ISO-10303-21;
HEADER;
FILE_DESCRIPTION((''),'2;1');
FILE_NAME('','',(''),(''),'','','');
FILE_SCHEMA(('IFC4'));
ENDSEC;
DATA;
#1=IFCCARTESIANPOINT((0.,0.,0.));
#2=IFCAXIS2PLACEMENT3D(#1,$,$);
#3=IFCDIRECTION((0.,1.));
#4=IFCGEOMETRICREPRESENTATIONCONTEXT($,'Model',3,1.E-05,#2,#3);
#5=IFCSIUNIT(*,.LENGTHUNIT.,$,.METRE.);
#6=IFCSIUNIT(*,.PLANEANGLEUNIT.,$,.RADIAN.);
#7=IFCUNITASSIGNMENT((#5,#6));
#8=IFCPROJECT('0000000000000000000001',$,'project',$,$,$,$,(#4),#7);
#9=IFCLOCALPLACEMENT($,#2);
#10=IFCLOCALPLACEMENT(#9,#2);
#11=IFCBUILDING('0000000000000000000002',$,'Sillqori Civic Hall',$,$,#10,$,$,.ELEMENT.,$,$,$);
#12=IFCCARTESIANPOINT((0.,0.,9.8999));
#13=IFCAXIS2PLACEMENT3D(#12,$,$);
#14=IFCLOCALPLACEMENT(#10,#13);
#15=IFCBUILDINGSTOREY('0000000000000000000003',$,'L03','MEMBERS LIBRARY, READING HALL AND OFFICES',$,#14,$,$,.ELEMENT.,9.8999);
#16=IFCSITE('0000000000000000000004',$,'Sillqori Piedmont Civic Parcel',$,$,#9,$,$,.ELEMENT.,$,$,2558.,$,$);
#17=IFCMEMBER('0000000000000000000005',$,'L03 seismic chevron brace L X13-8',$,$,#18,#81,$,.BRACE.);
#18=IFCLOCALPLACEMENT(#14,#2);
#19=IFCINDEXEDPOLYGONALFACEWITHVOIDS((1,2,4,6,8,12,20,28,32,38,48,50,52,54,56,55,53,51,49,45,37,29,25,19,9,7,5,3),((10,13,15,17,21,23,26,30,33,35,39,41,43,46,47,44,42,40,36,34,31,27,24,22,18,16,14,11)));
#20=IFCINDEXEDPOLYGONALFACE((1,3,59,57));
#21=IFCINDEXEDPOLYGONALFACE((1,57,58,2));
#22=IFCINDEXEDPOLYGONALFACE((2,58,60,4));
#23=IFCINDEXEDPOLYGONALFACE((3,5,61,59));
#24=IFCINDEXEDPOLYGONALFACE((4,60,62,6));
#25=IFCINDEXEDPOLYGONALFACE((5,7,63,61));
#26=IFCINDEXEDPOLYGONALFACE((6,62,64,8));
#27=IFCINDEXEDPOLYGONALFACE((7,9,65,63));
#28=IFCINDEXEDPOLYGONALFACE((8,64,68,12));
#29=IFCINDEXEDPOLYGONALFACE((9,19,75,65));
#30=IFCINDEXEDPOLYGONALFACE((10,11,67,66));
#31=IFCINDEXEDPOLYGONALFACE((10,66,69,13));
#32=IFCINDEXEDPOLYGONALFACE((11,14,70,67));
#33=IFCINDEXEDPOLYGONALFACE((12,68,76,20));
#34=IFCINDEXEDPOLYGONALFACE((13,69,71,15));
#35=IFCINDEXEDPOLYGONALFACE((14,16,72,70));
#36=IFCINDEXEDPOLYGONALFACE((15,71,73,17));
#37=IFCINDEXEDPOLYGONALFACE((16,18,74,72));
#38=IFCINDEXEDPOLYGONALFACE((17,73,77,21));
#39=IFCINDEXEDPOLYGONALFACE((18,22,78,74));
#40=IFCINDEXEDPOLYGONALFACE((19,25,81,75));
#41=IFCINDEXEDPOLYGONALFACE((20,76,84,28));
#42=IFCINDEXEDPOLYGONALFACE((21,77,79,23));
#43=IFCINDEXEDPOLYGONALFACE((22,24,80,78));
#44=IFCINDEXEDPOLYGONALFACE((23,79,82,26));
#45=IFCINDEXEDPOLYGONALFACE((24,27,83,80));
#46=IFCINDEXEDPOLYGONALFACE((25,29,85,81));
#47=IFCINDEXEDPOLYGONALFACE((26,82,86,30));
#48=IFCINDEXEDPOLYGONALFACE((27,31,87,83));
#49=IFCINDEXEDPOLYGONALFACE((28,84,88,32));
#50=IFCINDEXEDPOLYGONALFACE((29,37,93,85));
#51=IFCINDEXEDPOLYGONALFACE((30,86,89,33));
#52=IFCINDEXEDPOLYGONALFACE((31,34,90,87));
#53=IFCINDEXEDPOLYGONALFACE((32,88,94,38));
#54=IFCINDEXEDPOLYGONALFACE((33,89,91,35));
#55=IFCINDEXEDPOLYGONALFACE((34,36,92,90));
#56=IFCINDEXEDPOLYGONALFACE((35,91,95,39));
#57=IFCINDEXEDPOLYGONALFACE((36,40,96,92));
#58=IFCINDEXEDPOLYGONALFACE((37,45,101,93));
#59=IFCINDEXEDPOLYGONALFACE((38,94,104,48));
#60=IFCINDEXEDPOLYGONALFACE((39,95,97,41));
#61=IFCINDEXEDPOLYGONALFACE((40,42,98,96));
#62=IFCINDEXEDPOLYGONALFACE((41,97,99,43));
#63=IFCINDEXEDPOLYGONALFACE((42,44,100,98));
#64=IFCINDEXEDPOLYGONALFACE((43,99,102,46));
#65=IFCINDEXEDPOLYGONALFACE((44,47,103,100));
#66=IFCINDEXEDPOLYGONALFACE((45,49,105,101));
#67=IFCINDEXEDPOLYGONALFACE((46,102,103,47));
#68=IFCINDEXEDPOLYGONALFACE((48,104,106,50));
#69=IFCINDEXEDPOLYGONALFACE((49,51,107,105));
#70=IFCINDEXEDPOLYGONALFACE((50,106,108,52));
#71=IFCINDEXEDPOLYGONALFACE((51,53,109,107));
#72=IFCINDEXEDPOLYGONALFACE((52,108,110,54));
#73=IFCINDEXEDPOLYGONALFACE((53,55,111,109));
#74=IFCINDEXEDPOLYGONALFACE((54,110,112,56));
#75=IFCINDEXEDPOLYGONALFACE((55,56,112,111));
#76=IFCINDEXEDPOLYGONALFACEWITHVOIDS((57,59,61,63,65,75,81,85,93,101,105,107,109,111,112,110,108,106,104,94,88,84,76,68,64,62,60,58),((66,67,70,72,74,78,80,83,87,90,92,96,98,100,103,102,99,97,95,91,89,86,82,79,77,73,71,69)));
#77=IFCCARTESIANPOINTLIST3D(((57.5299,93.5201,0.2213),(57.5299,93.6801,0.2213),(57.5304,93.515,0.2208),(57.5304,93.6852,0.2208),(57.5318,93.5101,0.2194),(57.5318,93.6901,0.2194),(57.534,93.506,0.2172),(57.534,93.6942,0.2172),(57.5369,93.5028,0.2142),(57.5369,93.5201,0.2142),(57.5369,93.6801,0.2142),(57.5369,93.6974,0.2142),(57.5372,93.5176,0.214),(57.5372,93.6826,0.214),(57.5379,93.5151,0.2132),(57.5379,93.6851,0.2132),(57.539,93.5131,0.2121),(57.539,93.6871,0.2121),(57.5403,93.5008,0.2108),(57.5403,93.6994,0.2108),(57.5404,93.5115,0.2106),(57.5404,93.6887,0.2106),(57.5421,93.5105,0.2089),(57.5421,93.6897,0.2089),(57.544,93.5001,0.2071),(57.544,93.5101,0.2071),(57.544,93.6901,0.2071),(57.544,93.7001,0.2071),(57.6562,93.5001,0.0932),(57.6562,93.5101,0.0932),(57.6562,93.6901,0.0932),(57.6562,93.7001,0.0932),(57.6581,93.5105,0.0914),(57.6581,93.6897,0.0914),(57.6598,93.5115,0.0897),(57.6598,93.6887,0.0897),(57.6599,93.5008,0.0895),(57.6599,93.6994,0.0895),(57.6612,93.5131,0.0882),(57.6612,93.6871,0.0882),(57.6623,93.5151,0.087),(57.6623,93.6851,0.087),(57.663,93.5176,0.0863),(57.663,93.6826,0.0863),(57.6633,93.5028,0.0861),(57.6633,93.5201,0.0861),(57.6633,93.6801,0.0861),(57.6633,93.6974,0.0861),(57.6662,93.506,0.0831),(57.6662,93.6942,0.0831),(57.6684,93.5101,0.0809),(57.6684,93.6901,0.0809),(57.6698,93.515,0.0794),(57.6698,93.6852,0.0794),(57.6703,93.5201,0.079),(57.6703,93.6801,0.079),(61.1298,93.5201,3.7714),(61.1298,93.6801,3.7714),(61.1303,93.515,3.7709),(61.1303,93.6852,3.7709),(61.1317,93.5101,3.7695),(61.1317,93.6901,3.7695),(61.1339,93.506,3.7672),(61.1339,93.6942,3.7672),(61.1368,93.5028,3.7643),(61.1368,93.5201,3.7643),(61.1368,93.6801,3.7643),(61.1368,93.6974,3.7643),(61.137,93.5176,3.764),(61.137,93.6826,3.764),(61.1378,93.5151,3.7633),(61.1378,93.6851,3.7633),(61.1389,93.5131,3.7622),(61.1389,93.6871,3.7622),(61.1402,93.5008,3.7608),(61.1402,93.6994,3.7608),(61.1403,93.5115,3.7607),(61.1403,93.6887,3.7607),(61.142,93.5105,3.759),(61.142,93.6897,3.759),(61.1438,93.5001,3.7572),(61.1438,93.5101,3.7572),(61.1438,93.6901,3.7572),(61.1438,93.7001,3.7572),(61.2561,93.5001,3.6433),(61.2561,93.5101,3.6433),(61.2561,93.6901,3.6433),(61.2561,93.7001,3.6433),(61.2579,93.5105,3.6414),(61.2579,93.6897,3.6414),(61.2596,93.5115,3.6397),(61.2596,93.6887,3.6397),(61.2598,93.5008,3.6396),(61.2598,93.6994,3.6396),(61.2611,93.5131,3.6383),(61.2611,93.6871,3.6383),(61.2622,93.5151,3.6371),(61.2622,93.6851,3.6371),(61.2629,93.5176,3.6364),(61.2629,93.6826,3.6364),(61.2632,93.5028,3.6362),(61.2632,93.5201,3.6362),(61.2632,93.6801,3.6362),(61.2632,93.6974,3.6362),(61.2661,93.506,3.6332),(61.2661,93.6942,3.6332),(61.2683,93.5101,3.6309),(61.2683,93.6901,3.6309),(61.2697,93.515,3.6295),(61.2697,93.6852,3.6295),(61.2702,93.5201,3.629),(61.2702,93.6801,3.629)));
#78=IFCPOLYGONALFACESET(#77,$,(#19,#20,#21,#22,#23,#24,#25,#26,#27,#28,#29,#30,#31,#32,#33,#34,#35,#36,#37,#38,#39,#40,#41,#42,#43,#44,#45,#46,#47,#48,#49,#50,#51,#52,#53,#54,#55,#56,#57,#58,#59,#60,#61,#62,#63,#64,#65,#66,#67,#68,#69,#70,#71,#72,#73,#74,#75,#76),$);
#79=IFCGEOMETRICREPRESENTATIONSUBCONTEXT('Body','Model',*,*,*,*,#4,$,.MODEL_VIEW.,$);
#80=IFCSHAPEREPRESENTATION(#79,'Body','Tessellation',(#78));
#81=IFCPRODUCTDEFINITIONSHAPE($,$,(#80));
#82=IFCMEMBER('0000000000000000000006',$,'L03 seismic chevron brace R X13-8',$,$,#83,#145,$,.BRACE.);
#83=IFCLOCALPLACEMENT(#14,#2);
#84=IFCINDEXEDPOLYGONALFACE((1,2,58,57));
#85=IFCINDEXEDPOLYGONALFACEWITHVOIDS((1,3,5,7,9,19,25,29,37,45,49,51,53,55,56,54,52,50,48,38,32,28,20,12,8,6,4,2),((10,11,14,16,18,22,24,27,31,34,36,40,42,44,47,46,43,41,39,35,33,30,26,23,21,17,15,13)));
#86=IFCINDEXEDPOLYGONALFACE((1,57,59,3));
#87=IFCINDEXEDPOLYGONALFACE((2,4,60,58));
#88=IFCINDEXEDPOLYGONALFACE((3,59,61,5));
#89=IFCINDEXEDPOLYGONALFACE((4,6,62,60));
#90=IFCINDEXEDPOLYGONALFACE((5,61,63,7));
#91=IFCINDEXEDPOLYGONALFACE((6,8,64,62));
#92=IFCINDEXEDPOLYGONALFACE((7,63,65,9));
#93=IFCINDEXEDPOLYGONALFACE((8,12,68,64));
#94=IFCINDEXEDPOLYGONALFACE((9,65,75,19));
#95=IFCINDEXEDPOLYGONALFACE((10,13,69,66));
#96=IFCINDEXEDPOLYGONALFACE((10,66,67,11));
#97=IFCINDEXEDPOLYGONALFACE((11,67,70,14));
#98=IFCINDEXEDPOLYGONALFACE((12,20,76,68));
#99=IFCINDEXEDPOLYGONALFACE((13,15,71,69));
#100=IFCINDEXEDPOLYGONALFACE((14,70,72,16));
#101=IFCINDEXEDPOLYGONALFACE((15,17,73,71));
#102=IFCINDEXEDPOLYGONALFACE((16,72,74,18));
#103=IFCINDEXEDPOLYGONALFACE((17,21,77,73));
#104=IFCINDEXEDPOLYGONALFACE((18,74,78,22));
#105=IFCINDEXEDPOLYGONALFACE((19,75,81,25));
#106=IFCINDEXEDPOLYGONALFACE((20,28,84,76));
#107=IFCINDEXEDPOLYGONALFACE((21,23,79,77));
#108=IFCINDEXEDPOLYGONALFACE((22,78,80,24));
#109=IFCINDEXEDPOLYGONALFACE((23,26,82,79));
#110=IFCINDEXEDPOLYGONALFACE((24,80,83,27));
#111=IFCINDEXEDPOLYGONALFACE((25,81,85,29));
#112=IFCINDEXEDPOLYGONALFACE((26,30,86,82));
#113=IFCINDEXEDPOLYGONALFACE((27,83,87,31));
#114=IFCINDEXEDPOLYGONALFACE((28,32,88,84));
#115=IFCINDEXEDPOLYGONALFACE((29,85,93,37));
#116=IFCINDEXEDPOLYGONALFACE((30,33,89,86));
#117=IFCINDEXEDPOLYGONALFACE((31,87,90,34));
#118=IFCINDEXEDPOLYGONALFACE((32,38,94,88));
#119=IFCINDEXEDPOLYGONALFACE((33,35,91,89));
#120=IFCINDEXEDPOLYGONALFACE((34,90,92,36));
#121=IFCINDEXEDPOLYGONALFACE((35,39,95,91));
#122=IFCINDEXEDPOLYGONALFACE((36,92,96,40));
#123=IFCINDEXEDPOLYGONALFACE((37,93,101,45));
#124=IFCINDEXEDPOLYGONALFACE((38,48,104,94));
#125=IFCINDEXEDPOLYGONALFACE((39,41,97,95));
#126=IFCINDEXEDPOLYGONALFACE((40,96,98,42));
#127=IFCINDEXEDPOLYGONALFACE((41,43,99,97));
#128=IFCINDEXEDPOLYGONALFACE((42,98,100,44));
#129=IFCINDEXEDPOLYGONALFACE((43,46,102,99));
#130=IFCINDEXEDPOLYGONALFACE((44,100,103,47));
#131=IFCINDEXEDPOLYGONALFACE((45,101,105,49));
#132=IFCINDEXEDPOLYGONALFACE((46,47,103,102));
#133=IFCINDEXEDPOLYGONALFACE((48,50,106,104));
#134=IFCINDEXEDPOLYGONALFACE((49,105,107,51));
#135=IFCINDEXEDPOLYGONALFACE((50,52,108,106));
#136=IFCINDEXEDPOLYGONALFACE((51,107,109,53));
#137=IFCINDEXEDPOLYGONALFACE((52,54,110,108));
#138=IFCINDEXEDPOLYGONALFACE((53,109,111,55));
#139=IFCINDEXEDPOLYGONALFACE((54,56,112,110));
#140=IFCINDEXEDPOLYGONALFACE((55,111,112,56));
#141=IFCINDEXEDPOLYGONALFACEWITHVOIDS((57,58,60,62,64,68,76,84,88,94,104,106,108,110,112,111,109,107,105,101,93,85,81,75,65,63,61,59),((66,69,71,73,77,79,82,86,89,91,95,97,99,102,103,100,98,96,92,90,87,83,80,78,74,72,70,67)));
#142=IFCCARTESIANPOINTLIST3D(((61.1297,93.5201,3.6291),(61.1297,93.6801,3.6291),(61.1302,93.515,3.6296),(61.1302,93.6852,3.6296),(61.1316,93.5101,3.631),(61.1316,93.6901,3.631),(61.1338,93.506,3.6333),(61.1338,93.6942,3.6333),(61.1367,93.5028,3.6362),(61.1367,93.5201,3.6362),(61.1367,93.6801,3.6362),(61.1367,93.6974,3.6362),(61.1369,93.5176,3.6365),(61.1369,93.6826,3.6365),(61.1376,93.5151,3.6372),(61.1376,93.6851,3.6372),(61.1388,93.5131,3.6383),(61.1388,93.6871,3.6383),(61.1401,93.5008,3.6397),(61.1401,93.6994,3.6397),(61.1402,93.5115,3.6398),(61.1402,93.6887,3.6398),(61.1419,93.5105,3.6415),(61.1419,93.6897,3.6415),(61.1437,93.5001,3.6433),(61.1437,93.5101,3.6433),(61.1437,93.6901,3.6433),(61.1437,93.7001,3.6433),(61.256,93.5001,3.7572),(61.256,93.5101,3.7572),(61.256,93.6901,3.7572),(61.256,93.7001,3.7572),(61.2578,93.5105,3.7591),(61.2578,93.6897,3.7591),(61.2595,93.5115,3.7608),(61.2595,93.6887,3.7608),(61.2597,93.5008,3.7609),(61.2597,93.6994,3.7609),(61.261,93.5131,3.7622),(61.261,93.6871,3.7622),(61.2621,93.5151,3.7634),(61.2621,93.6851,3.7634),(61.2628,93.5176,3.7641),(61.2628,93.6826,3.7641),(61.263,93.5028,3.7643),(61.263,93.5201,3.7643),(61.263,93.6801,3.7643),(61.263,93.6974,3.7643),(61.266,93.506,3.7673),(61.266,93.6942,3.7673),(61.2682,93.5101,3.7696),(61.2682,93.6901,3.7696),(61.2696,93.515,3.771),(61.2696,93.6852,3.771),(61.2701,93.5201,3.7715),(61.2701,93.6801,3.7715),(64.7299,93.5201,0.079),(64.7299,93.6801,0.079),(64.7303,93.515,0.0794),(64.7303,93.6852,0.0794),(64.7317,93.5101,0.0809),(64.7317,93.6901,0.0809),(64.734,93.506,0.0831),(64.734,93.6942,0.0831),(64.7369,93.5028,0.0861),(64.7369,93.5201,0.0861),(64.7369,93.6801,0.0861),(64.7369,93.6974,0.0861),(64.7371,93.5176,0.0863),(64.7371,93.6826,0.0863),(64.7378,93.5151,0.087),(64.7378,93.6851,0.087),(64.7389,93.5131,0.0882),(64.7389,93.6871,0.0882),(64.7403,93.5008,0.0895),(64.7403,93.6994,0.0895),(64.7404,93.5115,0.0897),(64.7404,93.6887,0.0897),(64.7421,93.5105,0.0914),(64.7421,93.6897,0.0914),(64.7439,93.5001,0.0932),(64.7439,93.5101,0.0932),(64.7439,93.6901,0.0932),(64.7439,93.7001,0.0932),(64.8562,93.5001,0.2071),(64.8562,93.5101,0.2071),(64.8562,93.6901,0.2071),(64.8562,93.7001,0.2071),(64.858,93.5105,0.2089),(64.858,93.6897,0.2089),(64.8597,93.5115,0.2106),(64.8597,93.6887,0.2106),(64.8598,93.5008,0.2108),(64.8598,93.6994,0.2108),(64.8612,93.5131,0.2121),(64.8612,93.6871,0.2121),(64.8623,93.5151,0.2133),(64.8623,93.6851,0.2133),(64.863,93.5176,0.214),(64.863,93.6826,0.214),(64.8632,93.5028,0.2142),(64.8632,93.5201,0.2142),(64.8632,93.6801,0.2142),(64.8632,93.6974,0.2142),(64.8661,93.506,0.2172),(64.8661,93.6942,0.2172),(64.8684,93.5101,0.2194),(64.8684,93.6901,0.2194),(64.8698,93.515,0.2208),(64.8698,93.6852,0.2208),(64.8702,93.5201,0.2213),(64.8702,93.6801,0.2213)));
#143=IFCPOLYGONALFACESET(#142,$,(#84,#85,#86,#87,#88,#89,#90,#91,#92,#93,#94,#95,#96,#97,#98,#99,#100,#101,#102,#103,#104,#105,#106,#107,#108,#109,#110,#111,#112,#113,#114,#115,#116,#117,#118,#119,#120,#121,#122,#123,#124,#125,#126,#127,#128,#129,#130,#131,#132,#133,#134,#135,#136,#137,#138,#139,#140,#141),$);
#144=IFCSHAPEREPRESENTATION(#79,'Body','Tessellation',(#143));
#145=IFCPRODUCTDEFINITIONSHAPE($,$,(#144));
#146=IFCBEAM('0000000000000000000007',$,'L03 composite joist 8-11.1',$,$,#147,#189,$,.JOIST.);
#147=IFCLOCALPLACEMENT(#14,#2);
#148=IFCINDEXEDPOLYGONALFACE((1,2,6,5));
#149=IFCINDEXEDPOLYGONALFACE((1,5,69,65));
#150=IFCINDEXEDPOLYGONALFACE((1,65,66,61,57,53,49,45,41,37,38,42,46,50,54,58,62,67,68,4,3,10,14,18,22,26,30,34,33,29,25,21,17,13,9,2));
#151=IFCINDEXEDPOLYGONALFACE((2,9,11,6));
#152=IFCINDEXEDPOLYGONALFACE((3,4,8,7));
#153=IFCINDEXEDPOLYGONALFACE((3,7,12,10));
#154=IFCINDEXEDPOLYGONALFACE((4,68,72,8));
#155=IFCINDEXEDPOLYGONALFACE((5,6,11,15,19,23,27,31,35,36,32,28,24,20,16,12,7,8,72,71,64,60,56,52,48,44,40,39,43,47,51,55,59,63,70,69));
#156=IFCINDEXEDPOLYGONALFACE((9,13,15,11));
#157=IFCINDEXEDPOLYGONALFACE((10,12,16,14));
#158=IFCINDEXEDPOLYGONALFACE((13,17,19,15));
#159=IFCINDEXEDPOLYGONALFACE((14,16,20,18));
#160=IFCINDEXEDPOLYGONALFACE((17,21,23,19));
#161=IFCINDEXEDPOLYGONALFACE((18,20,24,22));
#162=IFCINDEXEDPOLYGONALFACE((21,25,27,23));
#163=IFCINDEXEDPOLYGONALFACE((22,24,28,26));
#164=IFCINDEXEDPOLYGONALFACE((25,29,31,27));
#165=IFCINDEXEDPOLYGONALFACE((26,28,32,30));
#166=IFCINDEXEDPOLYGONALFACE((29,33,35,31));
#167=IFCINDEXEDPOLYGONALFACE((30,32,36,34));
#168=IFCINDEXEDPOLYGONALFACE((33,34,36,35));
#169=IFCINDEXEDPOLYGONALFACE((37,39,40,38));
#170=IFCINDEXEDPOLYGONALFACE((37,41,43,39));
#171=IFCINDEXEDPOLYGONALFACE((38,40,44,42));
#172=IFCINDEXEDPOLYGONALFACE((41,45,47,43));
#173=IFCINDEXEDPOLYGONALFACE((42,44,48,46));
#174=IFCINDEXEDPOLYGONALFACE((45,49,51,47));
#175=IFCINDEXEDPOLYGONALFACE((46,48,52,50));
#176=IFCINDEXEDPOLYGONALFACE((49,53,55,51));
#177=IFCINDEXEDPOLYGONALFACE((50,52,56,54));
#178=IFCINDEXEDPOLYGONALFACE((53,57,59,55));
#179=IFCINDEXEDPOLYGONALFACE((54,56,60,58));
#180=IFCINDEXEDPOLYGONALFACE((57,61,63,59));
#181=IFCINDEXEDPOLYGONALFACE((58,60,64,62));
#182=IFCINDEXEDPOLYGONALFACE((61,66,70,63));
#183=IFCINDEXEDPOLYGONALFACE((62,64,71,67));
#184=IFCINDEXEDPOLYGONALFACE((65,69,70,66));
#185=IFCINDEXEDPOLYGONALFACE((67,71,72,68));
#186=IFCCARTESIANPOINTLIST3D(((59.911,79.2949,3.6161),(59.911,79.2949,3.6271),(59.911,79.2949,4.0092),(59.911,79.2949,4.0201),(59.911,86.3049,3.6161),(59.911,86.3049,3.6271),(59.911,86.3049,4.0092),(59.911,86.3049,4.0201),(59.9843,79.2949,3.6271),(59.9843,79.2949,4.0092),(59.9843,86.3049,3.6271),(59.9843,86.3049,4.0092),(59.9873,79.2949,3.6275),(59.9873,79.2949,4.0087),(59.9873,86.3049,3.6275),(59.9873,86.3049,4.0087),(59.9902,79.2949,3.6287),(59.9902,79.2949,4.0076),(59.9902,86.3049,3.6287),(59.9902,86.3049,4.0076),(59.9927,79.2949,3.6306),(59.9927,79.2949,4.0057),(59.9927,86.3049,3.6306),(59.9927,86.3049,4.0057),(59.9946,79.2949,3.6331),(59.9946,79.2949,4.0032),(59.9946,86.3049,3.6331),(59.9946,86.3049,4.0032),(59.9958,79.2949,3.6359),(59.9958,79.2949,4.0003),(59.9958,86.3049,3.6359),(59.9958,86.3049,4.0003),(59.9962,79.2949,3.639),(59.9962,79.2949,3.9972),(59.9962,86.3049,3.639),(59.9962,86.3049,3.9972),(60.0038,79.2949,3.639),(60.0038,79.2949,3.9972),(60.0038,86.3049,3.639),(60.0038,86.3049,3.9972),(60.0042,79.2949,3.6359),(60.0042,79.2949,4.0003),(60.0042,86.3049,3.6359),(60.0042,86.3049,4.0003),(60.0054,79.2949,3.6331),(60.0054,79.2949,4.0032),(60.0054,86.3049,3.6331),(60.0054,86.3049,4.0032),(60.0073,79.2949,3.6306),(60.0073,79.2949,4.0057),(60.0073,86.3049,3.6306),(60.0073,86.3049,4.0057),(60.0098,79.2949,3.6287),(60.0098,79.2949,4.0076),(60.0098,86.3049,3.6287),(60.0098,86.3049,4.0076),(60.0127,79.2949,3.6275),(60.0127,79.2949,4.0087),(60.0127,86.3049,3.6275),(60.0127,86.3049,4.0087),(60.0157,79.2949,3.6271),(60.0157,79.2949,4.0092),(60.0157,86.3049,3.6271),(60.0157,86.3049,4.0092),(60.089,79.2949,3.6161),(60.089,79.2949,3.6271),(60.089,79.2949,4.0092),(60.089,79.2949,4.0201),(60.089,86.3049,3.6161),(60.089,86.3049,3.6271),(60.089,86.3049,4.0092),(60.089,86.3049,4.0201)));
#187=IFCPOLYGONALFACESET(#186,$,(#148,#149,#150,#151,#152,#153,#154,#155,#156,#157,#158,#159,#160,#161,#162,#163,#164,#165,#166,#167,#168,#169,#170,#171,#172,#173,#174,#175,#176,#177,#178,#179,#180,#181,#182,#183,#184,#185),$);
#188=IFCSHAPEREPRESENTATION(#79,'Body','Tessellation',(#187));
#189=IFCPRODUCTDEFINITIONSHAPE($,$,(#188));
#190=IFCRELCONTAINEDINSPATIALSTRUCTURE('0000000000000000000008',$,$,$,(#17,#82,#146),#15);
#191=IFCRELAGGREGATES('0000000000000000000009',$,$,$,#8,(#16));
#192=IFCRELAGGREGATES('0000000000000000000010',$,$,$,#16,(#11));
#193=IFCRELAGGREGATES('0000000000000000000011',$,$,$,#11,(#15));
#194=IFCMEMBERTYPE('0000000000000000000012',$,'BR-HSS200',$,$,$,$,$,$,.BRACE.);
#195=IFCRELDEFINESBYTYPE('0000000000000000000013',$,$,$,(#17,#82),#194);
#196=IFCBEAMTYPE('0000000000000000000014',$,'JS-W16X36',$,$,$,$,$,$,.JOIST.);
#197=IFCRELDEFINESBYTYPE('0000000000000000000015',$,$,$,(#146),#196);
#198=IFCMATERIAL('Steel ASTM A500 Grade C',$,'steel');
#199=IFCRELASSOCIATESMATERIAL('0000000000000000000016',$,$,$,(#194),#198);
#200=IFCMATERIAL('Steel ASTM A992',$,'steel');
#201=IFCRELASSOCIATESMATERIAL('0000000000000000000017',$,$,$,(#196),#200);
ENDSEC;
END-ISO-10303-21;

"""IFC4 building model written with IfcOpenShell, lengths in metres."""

from ifc_helpers import new_model, si_unit, direction, frame, origin, origin_2d, place, context, subcontext, project, spatial, hollow_rectangle, i_section, extrude, material, material_profile, profile_set, type_object, element, save


model = new_model("IFC4")

# Units and contexts
model_context = context("Model", 3, precision=1e-05, world=origin(), true_north=direction((0.0, 1.0)))
body_context = subcontext(model_context, "Body", "Model", "MODEL_VIEW")
ifc_project = project(units=[si_unit("LENGTHUNIT", "METRE"), si_unit("PLANEANGLEUNIT", "RADIAN")], contexts=[model_context])

# Site, building, storey
site_placement = place(None, origin())
site = spatial("IfcSite", under=ifc_project, at=site_placement, Name="Sillqori Piedmont Civic Parcel", CompositionType="ELEMENT", RefElevation=2558.0)
building_placement = place(site_placement, origin())
building = spatial("IfcBuilding", under=site, at=building_placement, Name="Sillqori Civic Hall", CompositionType="ELEMENT")
storey_placement = place(building_placement, frame((0.0, 0.0, 9.8999)))
storey = spatial("IfcBuildingStorey", under=building, at=storey_placement, Name="L03", Description="MEMBERS LIBRARY, READING HALL AND OFFICES", CompositionType="ELEMENT", Elevation=9.8999)

# Shared definitions
ifc_material_1 = material(Name="Steel ASTM A992", Category="steel")

# Members
ifc_material_2 = material(Name="Steel ASTM A500 Grade C", Category="steel")
ifc_material_profile_1 = material_profile(ifc_material_2, hollow_rectangle(XDim=0.2, YDim=0.2, WallThickness=0.01, InnerFilletRadius=0.01, OuterFilletRadius=0.02, at=origin_2d()), Name="HSS200X200X10")
ifc_profile_set_1 = profile_set([ifc_material_profile_1], Name="Steel ASTM A500 Grade C")
member_type = type_object("IfcMemberType", Name="BR-HSS200", PredefinedType="BRACE", material=ifc_profile_set_1)
member_1_placement = place(storey_placement, frame((57.6001, 93.6001, 0.1501), z_axis=(0.712015, 0.0, 0.702164), x_axis=(0.0, 1.0, 0.0)))
element("IfcMember", 1, at=member_1_placement, inside=storey, type_object=member_type, Name="L03 seismic chevron brace L X13-8", PredefinedType="BRACE", context=body_context, shape_type="SweptSolid", body=[
    extrude(hollow_rectangle(XDim=0.2, YDim=0.2, WallThickness=0.01, InnerFilletRadius=0.01, OuterFilletRadius=0.02, at=origin_2d()), origin(), (0.0, 0.0, 1.0), 5.0559),
])
member_2_placement = place(storey_placement, frame((64.8, 93.6001, 0.1501), z_axis=(-0.712039, 0.0, 0.70214), x_axis=(0.0, -1.0, 0.0)))
element("IfcMember", 2, at=member_2_placement, inside=storey, type_object=member_type, Name="L03 seismic chevron brace R X13-8", PredefinedType="BRACE", context=body_context, shape_type="SweptSolid", body=[
    extrude(hollow_rectangle(XDim=0.2, YDim=0.2, WallThickness=0.01, InnerFilletRadius=0.01, OuterFilletRadius=0.02, at=origin_2d()), origin(), (0.0, 0.0, 1.0), 5.0562),
])

# Beam
ifc_material_profile_2 = material_profile(ifc_material_1, i_section(OverallWidth=0.178, OverallDepth=0.4041, WebThickness=0.0076, FlangeThickness=0.011, FilletRadius=0.012, at=origin_2d()), Name="W16X36")
ifc_profile_set_2 = profile_set([ifc_material_profile_2], Name="Steel ASTM A992")
beam_type_1 = type_object("IfcBeamType", Name="JS-W16X36", PredefinedType="JOIST", material=ifc_profile_set_2)
for number, where, z_axis, x_axis, name in (
    (3, (60.0, 79.2949, 3.8181), (0.0, 1.0, 0.0), (-1.0, 0.0, 0.0), "L03 composite joist 8-11.1"),
):
    element("IfcBeam", number, at=place(storey_placement, frame(where, z_axis=z_axis, x_axis=x_axis)), inside=storey, type_object=beam_type_1, Name=name, PredefinedType="JOIST", context=body_context, shape_type="SweptSolid", body=[
        extrude(i_section(OverallWidth=0.178, OverallDepth=0.4041, WebThickness=0.0076, FlangeThickness=0.011, FilletRadius=0.012, at=origin_2d()), origin(), (0.0, 0.0, 1.0), 7.01),
    ])

save(model, "model.ifc")
